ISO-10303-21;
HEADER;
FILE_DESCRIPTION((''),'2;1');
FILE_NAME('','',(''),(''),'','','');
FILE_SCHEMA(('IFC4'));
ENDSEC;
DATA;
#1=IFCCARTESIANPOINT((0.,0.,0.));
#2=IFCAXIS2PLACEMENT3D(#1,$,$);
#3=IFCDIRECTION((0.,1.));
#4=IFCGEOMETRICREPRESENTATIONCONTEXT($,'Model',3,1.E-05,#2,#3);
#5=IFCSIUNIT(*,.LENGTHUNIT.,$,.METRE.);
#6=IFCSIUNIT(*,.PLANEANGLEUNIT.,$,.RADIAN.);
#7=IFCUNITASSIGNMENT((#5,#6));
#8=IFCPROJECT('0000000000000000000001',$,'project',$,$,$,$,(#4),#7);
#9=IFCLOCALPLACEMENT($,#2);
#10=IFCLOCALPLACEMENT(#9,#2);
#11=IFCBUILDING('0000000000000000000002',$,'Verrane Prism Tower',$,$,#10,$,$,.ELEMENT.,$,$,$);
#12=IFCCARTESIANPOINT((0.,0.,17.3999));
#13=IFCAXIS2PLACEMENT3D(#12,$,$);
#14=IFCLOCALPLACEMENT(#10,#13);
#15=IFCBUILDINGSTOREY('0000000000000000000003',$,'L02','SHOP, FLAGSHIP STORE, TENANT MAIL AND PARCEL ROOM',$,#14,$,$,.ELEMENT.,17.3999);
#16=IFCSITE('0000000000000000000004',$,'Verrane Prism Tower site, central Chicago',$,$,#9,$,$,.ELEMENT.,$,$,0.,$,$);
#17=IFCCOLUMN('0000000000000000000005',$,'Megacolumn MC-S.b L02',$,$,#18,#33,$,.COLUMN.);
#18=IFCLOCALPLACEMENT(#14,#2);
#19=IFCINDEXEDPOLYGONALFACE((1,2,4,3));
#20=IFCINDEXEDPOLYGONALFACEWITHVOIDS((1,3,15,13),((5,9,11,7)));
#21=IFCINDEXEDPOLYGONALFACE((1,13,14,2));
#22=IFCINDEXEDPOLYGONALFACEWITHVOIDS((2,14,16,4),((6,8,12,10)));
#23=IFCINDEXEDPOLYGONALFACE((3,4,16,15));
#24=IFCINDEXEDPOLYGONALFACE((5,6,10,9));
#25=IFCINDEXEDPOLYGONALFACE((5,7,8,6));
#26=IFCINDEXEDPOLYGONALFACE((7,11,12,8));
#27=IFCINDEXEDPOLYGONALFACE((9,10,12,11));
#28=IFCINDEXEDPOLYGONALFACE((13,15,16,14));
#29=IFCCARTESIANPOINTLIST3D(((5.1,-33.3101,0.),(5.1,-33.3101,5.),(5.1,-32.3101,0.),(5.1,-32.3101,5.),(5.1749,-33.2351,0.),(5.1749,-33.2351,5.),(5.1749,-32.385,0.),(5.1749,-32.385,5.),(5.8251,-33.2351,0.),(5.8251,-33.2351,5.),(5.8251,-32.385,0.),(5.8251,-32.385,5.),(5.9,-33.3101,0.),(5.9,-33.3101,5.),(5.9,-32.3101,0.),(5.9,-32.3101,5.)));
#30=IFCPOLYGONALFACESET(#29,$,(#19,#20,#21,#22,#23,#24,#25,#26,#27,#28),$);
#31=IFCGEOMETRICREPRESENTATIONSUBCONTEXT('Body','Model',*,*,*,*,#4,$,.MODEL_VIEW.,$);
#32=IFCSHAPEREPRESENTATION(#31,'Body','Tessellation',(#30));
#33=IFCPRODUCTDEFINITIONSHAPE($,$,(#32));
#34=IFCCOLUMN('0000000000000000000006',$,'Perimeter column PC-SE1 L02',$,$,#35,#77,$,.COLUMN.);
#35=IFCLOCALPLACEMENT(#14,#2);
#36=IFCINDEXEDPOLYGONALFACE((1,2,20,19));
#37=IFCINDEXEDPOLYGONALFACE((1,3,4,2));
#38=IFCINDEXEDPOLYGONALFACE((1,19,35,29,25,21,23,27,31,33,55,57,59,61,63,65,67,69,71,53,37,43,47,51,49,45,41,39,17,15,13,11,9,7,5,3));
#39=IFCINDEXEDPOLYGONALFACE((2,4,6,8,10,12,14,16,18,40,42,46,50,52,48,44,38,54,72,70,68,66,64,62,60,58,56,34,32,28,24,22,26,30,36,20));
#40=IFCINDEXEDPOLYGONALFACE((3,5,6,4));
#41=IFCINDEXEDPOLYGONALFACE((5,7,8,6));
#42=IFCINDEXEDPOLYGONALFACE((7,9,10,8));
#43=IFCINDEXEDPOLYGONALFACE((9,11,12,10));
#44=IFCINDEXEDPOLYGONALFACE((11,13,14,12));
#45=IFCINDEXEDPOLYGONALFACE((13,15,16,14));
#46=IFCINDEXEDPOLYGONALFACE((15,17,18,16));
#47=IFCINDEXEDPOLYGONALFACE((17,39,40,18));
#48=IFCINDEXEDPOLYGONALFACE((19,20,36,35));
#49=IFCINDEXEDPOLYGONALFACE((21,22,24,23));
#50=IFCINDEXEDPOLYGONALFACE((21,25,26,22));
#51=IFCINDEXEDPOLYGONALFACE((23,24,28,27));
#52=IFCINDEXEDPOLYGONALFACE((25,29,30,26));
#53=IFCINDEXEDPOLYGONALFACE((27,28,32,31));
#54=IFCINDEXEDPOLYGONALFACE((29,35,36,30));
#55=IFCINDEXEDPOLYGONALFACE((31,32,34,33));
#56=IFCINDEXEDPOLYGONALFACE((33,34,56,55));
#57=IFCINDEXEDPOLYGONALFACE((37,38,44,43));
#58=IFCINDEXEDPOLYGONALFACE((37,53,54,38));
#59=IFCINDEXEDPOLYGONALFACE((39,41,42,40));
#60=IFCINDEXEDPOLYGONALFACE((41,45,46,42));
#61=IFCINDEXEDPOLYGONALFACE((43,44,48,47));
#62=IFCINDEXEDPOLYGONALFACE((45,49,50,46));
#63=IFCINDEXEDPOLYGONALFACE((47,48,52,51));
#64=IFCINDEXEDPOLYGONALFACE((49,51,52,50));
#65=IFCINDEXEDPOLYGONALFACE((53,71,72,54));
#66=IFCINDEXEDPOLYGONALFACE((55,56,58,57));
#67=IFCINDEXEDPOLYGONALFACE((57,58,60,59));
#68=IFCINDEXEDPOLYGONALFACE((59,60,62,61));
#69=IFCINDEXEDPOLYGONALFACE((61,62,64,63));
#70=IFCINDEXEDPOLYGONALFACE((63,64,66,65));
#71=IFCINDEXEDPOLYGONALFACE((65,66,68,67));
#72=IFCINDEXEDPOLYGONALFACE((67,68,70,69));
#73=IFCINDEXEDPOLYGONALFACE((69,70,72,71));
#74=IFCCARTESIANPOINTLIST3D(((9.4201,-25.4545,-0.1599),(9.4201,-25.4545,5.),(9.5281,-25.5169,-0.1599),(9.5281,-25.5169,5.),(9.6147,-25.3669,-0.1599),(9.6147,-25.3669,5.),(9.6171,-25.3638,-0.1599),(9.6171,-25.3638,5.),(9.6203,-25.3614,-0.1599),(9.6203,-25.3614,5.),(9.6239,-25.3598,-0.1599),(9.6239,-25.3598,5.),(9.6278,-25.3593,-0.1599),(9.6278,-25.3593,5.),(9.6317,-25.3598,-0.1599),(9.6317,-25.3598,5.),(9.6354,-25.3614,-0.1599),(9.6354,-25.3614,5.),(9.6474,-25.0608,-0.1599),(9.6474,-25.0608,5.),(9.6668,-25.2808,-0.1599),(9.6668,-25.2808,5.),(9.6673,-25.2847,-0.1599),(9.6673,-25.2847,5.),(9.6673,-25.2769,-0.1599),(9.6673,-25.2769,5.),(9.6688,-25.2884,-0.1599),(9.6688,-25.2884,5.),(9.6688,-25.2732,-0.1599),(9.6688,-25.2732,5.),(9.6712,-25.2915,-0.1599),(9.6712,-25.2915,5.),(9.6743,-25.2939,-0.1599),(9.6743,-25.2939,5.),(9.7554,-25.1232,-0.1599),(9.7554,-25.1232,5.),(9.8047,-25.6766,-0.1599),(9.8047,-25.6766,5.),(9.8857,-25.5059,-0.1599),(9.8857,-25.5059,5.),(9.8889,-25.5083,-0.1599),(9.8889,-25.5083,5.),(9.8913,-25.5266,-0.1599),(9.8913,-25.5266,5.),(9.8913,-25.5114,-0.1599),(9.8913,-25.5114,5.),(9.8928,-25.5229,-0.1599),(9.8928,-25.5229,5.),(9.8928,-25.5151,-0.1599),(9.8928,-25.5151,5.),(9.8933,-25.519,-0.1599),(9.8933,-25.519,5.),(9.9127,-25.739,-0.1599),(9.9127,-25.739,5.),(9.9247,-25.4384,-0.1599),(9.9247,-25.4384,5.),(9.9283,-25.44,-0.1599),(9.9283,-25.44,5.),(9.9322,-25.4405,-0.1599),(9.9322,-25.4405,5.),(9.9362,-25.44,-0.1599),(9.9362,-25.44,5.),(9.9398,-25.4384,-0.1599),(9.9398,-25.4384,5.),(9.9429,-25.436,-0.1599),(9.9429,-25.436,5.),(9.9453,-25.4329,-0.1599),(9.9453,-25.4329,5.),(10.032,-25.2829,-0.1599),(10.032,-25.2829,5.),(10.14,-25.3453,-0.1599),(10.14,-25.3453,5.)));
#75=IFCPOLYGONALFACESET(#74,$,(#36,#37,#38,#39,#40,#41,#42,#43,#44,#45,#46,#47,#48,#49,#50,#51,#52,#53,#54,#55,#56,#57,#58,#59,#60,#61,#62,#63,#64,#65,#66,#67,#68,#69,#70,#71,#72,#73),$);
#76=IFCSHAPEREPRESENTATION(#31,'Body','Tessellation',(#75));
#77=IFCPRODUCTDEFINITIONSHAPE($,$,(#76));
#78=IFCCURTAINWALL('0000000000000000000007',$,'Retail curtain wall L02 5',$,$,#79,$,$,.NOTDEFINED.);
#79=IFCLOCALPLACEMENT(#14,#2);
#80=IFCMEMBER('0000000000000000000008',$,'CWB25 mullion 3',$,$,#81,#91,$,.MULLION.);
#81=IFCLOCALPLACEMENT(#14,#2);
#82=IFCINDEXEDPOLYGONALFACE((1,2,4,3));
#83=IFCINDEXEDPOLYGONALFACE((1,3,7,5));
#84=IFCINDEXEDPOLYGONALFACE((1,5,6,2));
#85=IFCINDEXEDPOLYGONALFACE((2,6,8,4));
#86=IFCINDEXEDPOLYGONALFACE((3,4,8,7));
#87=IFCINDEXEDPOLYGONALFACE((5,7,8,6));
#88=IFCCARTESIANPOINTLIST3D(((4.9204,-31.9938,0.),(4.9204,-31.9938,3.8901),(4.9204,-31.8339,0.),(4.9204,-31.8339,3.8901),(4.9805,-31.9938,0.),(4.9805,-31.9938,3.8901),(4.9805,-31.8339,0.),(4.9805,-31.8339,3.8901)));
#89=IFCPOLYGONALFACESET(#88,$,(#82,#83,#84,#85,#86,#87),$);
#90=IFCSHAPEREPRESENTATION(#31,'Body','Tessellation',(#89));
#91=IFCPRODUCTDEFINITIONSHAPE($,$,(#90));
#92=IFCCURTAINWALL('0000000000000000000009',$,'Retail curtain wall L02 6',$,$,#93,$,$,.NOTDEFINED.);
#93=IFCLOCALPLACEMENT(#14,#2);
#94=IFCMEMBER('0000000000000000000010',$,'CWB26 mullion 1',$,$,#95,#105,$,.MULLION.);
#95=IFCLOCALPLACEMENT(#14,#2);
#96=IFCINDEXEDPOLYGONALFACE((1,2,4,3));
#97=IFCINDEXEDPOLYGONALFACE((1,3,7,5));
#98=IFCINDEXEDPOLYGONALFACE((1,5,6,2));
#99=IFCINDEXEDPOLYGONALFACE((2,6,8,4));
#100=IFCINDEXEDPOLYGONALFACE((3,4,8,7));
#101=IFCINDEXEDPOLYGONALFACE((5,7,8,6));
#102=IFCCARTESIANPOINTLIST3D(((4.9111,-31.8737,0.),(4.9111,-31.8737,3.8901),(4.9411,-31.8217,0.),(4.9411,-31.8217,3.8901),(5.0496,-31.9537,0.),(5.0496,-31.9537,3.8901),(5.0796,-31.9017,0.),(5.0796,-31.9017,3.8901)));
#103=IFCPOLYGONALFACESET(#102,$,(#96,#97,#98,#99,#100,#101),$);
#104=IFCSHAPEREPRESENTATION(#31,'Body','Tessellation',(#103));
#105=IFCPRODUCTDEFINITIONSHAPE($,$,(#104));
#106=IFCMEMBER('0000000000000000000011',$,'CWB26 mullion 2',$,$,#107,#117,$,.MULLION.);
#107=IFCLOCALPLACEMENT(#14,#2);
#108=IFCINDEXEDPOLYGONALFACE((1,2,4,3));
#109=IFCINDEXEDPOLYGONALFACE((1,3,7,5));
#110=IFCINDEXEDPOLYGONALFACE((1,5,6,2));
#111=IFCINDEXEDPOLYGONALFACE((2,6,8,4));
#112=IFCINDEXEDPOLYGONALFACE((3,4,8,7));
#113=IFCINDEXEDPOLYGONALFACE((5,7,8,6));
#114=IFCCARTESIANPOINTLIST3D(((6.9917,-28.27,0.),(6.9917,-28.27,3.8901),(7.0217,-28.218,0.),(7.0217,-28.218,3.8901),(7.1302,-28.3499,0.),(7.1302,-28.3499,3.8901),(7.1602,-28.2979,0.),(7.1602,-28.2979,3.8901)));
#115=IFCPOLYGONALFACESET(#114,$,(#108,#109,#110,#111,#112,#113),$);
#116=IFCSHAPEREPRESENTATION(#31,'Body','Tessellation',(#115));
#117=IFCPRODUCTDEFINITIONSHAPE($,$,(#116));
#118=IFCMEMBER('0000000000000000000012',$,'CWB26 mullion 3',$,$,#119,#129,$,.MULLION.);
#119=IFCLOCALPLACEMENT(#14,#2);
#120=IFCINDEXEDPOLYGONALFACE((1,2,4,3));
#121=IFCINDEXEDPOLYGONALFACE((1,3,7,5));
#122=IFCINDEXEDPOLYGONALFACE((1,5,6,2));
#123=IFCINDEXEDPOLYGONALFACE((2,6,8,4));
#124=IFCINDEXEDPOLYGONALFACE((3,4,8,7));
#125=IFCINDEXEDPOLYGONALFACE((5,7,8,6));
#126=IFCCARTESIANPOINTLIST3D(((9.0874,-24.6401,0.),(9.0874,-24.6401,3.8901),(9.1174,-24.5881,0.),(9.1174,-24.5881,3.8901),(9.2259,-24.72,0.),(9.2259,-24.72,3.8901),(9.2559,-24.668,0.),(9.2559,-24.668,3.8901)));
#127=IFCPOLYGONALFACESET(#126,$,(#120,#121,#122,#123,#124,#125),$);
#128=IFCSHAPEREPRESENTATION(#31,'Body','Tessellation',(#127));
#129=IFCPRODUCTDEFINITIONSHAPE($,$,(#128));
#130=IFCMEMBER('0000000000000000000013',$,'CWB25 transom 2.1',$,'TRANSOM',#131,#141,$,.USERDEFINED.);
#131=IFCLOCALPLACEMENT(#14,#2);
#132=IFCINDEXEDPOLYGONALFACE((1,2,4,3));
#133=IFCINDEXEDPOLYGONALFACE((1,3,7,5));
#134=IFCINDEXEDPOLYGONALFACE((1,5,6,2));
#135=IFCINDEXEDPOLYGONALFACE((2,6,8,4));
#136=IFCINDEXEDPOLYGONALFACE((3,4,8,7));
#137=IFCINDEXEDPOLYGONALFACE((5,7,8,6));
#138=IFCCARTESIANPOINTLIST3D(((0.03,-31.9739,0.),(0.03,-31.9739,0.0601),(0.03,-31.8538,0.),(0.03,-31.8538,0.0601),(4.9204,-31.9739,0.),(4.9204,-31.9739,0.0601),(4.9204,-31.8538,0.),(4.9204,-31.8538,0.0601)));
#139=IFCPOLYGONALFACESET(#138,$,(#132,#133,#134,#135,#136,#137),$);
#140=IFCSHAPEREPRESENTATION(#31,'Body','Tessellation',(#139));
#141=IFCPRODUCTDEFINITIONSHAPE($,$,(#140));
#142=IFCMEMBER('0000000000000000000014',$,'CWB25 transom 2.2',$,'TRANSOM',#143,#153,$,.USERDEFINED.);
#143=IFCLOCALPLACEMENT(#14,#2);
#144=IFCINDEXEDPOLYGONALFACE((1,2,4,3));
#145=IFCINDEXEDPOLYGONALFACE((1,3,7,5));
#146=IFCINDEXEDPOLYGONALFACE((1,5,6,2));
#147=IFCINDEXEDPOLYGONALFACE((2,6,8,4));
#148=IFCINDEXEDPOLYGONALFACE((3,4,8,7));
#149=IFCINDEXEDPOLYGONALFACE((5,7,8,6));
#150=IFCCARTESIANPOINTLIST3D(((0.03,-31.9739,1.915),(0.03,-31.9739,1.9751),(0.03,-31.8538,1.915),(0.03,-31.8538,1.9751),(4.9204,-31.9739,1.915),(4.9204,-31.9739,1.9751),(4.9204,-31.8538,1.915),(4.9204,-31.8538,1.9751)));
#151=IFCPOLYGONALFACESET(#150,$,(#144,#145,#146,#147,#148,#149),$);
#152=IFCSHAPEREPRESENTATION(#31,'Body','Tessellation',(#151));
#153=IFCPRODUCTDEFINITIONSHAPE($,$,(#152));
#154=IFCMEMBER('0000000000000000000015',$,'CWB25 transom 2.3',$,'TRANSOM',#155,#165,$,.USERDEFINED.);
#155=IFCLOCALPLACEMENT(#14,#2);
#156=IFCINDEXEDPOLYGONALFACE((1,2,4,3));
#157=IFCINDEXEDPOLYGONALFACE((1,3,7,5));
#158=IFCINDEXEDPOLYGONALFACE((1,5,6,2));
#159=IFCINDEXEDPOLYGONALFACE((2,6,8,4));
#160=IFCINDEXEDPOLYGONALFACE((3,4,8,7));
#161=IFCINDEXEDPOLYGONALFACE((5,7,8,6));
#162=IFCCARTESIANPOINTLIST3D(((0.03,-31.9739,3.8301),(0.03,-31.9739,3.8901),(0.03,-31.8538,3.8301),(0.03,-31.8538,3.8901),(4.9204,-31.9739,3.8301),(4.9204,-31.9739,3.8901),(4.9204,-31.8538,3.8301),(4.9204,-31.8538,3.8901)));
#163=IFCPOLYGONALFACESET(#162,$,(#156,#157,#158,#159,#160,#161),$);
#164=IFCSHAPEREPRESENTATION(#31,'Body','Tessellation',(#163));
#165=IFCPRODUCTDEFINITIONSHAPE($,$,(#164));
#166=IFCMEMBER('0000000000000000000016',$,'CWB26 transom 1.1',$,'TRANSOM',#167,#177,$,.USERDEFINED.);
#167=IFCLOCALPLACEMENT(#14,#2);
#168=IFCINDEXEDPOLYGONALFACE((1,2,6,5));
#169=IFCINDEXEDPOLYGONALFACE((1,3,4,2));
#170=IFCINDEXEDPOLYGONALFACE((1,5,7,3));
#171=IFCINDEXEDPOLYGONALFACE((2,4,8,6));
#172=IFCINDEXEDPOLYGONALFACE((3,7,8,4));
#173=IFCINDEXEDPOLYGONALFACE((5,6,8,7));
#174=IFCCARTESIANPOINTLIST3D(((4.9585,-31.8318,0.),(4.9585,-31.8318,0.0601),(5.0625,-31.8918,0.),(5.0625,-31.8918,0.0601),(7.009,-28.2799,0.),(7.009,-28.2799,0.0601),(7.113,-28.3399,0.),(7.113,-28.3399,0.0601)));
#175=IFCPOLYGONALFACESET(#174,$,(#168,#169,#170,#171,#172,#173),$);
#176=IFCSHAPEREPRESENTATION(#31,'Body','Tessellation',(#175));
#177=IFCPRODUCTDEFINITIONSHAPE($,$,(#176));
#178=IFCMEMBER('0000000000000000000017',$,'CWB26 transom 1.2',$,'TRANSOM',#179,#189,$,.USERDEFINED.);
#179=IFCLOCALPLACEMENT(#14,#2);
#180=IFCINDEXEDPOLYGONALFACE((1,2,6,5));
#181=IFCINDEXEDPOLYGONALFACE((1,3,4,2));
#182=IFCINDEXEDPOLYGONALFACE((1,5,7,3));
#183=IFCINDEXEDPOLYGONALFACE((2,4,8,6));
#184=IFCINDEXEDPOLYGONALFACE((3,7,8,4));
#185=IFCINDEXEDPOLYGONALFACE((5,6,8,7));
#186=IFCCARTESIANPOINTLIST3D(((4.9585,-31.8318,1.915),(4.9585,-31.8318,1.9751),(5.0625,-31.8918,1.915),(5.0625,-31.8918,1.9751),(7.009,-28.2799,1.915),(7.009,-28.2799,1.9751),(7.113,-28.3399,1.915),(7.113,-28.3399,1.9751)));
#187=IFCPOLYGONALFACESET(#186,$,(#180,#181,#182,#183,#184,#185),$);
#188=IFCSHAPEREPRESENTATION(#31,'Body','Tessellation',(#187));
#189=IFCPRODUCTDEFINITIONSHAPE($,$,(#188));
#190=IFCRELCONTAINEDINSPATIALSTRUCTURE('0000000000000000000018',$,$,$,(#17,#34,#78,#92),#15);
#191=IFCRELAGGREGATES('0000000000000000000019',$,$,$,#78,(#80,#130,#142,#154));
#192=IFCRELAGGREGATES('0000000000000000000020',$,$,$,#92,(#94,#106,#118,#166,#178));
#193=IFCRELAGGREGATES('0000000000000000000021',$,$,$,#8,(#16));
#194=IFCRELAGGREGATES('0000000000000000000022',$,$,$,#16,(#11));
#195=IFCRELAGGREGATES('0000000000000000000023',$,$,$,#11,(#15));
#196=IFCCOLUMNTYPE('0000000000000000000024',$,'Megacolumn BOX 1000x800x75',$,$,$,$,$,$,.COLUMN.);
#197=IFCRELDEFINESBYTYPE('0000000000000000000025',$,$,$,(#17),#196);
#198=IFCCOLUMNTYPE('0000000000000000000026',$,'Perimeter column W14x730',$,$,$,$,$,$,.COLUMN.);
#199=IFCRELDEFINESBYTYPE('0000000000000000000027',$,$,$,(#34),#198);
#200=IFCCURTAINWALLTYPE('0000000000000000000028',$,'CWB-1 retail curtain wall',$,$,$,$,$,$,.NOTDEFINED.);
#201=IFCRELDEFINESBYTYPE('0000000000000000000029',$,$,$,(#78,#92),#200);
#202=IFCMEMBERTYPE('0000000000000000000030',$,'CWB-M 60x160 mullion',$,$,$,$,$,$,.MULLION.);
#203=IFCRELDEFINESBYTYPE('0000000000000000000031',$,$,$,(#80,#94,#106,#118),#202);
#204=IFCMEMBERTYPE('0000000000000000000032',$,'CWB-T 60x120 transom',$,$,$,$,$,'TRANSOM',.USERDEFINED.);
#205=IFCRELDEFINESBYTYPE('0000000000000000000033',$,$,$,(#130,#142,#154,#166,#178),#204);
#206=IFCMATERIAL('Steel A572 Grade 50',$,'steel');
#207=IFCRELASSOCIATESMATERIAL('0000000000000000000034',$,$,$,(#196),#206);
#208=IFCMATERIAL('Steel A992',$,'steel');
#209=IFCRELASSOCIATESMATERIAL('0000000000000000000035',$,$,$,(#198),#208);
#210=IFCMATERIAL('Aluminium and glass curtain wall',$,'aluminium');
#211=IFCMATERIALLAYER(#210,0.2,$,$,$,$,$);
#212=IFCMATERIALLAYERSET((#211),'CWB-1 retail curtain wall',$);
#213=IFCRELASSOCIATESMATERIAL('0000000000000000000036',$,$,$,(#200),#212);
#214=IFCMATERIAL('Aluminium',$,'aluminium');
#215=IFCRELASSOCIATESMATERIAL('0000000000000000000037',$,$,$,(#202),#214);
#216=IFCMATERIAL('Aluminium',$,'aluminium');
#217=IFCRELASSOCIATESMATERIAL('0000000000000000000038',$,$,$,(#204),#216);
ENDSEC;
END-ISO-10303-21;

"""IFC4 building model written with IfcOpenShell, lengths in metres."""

from ifc_helpers import new_model, si_unit, direction, frame, origin, origin_2d, place, context, subcontext, project, spatial, rectangle, hollow_rectangle, i_section, extrude, material, layer, layer_set, material_profile, profile_set, type_object, element, aggregate, save


model = new_model("IFC4")

# Units and contexts
model_context = context("Model", 3, precision=1e-05, world=origin(), true_north=direction((0.0, 1.0)))
body_context = subcontext(model_context, "Body", "Model", "MODEL_VIEW")
ifc_project = project(units=[si_unit("LENGTHUNIT", "METRE"), si_unit("PLANEANGLEUNIT", "RADIAN")], contexts=[model_context])

# Site, building, storey
site_placement = place(None, origin())
site = spatial("IfcSite", under=ifc_project, at=site_placement, Name="Verrane Prism Tower site, central Chicago", CompositionType="ELEMENT", RefElevation=0.0)
building_placement = place(site_placement, origin())
building = spatial("IfcBuilding", under=site, at=building_placement, Name="Verrane Prism Tower", CompositionType="ELEMENT")
storey_placement = place(building_placement, frame((0.0, 0.0, 17.3999)))
storey = spatial("IfcBuildingStorey", under=building, at=storey_placement, Name="L02", Description="SHOP, FLAGSHIP STORE, TENANT MAIL AND PARCEL ROOM", CompositionType="ELEMENT", Elevation=17.3999)

# Columns
ifc_material_1 = material(Name="Steel A572 Grade 50", Category="steel")
ifc_material_profile_1 = material_profile(ifc_material_1, hollow_rectangle(XDim=0.8, YDim=1.0, WallThickness=0.075, at=origin_2d()), Name="BOX 1000x800x75")
ifc_profile_set_1 = profile_set([ifc_material_profile_1], Name="Steel A572 Grade 50")
column_type_1 = type_object("IfcColumnType", Name="Megacolumn BOX 1000x800x75", PredefinedType="COLUMN", material=ifc_profile_set_1)
column_1_placement = place(storey_placement, frame((5.5, -32.8101, 0.0), z_axis=(0.0, 0.0, 1.0), x_axis=(-1.0, 0.0, 0.0)))
element("IfcColumn", 1, at=column_1_placement, inside=storey, type_object=column_type_1, Name="Megacolumn MC-S.b L02", PredefinedType="COLUMN", context=body_context, shape_type="SweptSolid", body=[
    extrude(hollow_rectangle(XDim=0.8, YDim=1.0, WallThickness=0.075, at=origin_2d()), origin(), (0.0, 0.0, 1.0), 5.0),
])
ifc_material_2 = material(Name="Steel A992", Category="steel")
ifc_material_profile_2 = material_profile(ifc_material_2, i_section(OverallWidth=0.4546, OverallDepth=0.5688, WebThickness=0.0779, FlangeThickness=0.1248, FilletRadius=0.0151, at=origin_2d()), Name="W14x730")
ifc_profile_set_2 = profile_set([ifc_material_profile_2], Name="Steel A992")
column_type_2 = type_object("IfcColumnType", Name="Perimeter column W14x730", PredefinedType="COLUMN", material=ifc_profile_set_2)
column_2_placement = place(storey_placement, frame((9.78, -25.3999, -0.1599), z_axis=(0.0, 0.0, 1.0), x_axis=(-0.5, -0.866025, 0.0)))
element("IfcColumn", 2, at=column_2_placement, inside=storey, type_object=column_type_2, Name="Perimeter column PC-SE1 L02", PredefinedType="COLUMN", context=body_context, shape_type="SweptSolid", body=[
    extrude(i_section(OverallWidth=0.4546, OverallDepth=0.5688, WebThickness=0.0779, FlangeThickness=0.1248, FilletRadius=0.0151, at=origin_2d()), origin(), (0.0, 0.0, 1.0), 5.1599),
])

# Curtain wall, member
ifc_material_3 = material(Name="Aluminium and glass curtain wall", Category="aluminium")
ifc_layer_1 = layer(ifc_material_3, 0.2)
ifc_layer_set_1 = layer_set([ifc_layer_1], Name="CWB-1 retail curtain wall")
curtain_wall_type = type_object("IfcCurtainWallType", Name="CWB-1 retail curtain wall", PredefinedType="NOTDEFINED", material=ifc_layer_set_1)
curtain_wall_1_placement = place(storey_placement, origin())
curtain_wall_1 = element("IfcCurtainWall", 3, at=curtain_wall_1_placement, inside=storey, type_object=curtain_wall_type, Name="Retail curtain wall L02 5", PredefinedType="NOTDEFINED")
ifc_material_4 = material(Name="Aluminium", Category="aluminium")
ifc_material_profile_3 = material_profile(ifc_material_4, rectangle(XDim=0.1599, YDim=0.0601, at=origin_2d()), Name="CWB-M 60x160 mullion")
ifc_profile_set_3 = profile_set([ifc_material_profile_3], Name="Aluminium")
member_type_1 = type_object("IfcMemberType", Name="CWB-M 60x160 mullion", PredefinedType="MULLION", material=ifc_profile_set_3)
member_1_placement = place(storey_placement, frame((4.9504, -31.9138, 0.0), z_axis=(0.0, 0.0, 1.0), x_axis=(0.0, 1.0, 0.0)))
member_1 = element("IfcMember", 4, at=member_1_placement, type_object=member_type_1, Name="CWB25 mullion 3", PredefinedType="MULLION", context=body_context, shape_type="SweptSolid", body=[
    extrude(rectangle(XDim=0.1599, YDim=0.0601, at=origin_2d()), origin(), (0.0, 0.0, 1.0), 3.8901),
])

# Curtain wall, members
curtain_wall_2_placement = place(storey_placement, origin())
curtain_wall_2 = element("IfcCurtainWall", 5, at=curtain_wall_2_placement, inside=storey, type_object=curtain_wall_type, Name="Retail curtain wall L02 6", PredefinedType="NOTDEFINED")
member_2_placement = place(storey_placement, frame((4.9954, -31.8877, 0.0), z_axis=(0.0, 0.0, 1.0), x_axis=(-0.866025, 0.5, 0.0)))
member_2 = element("IfcMember", 6, at=member_2_placement, type_object=member_type_1, Name="CWB26 mullion 1", PredefinedType="MULLION", context=body_context, shape_type="SweptSolid", body=[
    extrude(rectangle(XDim=0.1599, YDim=0.0601, at=origin_2d()), origin(), (0.0, 0.0, 1.0), 3.8901),
])
member_3_placement = place(storey_placement, frame((7.0759, -28.2839, 0.0), z_axis=(0.0, 0.0, 1.0), x_axis=(-0.866025, 0.5, 0.0)))
member_3 = element("IfcMember", 7, at=member_3_placement, type_object=member_type_1, Name="CWB26 mullion 2", PredefinedType="MULLION", context=body_context, shape_type="SweptSolid", body=[
    extrude(rectangle(XDim=0.1599, YDim=0.0601, at=origin_2d()), origin(), (0.0, 0.0, 1.0), 3.8901),
])
member_4_placement = place(storey_placement, frame((9.1716, -24.6541, 0.0), z_axis=(0.0, 0.0, 1.0), x_axis=(-0.866025, 0.5, 0.0)))
member_4 = element("IfcMember", 8, at=member_4_placement, type_object=member_type_1, Name="CWB26 mullion 3", PredefinedType="MULLION", context=body_context, shape_type="SweptSolid", body=[
    extrude(rectangle(XDim=0.1599, YDim=0.0601, at=origin_2d()), origin(), (0.0, 0.0, 1.0), 3.8901),
])

# Members
ifc_material_5 = material(Name="Aluminium", Category="aluminium")
ifc_material_profile_4 = material_profile(ifc_material_5, rectangle(XDim=0.1201, YDim=0.0601, at=origin_2d()), Name="CWB-T 60x120 transom")
ifc_profile_set_4 = profile_set([ifc_material_profile_4], Name="Aluminium")
member_type_2 = type_object("IfcMemberType", Name="CWB-T 60x120 transom", ElementType="TRANSOM", PredefinedType="USERDEFINED", material=ifc_profile_set_4)
member_5_placement = place(storey_placement, frame((0.03, -31.9138, 0.03), z_axis=(1.0, 0.0, 0.0), x_axis=(0.0, 1.0, 0.0)))
member_5 = element("IfcMember", 9, at=member_5_placement, type_object=member_type_2, Name="CWB25 transom 2.1", ObjectType="TRANSOM", PredefinedType="USERDEFINED", context=body_context, shape_type="SweptSolid", body=[
    extrude(rectangle(XDim=0.1201, YDim=0.0601, at=origin_2d()), origin(), (0.0, 0.0, 1.0), 4.8904),
])
member_6_placement = place(storey_placement, frame((0.03, -31.9138, 1.9451), z_axis=(1.0, 0.0, 0.0), x_axis=(0.0, 1.0, 0.0)))
member_6 = element("IfcMember", 10, at=member_6_placement, type_object=member_type_2, Name="CWB25 transom 2.2", ObjectType="TRANSOM", PredefinedType="USERDEFINED", context=body_context, shape_type="SweptSolid", body=[
    extrude(rectangle(XDim=0.1201, YDim=0.0601, at=origin_2d()), origin(), (0.0, 0.0, 1.0), 4.8904),
])
member_7_placement = place(storey_placement, frame((0.03, -31.9138, 3.8601), z_axis=(1.0, 0.0, 0.0), x_axis=(0.0, 1.0, 0.0)))
member_7 = element("IfcMember", 11, at=member_7_placement, type_object=member_type_2, Name="CWB25 transom 2.3", ObjectType="TRANSOM", PredefinedType="USERDEFINED", context=body_context, shape_type="SweptSolid", body=[
    extrude(rectangle(XDim=0.1201, YDim=0.0601, at=origin_2d()), origin(), (0.0, 0.0, 1.0), 4.8904),
])
member_8_placement = place(storey_placement, frame((5.0105, -31.8618, 0.03), z_axis=(0.499961, 0.866048, 0.0), x_axis=(-0.866048, 0.499961, 0.0)))
member_8 = element("IfcMember", 12, at=member_8_placement, type_object=member_type_2, Name="CWB26 transom 1.1", ObjectType="TRANSOM", PredefinedType="USERDEFINED", context=body_context, shape_type="SweptSolid", body=[
    extrude(rectangle(XDim=0.1201, YDim=0.0601, at=origin_2d()), origin(), (0.0, 0.0, 1.0), 4.1013),
])
member_9_placement = place(storey_placement, frame((5.0105, -31.8618, 1.9451), z_axis=(0.499961, 0.866048, 0.0), x_axis=(-0.866048, 0.499961, 0.0)))
member_9 = element("IfcMember", 13, at=member_9_placement, type_object=member_type_2, Name="CWB26 transom 1.2", ObjectType="TRANSOM", PredefinedType="USERDEFINED", context=body_context, shape_type="SweptSolid", body=[
    extrude(rectangle(XDim=0.1201, YDim=0.0601, at=origin_2d()), origin(), (0.0, 0.0, 1.0), 4.1013),
])

aggregate(curtain_wall_1, [member_1, member_5, member_6, member_7])
aggregate(curtain_wall_2, [member_2, member_3, member_4, member_8, member_9])

save(model, "model.ifc")
